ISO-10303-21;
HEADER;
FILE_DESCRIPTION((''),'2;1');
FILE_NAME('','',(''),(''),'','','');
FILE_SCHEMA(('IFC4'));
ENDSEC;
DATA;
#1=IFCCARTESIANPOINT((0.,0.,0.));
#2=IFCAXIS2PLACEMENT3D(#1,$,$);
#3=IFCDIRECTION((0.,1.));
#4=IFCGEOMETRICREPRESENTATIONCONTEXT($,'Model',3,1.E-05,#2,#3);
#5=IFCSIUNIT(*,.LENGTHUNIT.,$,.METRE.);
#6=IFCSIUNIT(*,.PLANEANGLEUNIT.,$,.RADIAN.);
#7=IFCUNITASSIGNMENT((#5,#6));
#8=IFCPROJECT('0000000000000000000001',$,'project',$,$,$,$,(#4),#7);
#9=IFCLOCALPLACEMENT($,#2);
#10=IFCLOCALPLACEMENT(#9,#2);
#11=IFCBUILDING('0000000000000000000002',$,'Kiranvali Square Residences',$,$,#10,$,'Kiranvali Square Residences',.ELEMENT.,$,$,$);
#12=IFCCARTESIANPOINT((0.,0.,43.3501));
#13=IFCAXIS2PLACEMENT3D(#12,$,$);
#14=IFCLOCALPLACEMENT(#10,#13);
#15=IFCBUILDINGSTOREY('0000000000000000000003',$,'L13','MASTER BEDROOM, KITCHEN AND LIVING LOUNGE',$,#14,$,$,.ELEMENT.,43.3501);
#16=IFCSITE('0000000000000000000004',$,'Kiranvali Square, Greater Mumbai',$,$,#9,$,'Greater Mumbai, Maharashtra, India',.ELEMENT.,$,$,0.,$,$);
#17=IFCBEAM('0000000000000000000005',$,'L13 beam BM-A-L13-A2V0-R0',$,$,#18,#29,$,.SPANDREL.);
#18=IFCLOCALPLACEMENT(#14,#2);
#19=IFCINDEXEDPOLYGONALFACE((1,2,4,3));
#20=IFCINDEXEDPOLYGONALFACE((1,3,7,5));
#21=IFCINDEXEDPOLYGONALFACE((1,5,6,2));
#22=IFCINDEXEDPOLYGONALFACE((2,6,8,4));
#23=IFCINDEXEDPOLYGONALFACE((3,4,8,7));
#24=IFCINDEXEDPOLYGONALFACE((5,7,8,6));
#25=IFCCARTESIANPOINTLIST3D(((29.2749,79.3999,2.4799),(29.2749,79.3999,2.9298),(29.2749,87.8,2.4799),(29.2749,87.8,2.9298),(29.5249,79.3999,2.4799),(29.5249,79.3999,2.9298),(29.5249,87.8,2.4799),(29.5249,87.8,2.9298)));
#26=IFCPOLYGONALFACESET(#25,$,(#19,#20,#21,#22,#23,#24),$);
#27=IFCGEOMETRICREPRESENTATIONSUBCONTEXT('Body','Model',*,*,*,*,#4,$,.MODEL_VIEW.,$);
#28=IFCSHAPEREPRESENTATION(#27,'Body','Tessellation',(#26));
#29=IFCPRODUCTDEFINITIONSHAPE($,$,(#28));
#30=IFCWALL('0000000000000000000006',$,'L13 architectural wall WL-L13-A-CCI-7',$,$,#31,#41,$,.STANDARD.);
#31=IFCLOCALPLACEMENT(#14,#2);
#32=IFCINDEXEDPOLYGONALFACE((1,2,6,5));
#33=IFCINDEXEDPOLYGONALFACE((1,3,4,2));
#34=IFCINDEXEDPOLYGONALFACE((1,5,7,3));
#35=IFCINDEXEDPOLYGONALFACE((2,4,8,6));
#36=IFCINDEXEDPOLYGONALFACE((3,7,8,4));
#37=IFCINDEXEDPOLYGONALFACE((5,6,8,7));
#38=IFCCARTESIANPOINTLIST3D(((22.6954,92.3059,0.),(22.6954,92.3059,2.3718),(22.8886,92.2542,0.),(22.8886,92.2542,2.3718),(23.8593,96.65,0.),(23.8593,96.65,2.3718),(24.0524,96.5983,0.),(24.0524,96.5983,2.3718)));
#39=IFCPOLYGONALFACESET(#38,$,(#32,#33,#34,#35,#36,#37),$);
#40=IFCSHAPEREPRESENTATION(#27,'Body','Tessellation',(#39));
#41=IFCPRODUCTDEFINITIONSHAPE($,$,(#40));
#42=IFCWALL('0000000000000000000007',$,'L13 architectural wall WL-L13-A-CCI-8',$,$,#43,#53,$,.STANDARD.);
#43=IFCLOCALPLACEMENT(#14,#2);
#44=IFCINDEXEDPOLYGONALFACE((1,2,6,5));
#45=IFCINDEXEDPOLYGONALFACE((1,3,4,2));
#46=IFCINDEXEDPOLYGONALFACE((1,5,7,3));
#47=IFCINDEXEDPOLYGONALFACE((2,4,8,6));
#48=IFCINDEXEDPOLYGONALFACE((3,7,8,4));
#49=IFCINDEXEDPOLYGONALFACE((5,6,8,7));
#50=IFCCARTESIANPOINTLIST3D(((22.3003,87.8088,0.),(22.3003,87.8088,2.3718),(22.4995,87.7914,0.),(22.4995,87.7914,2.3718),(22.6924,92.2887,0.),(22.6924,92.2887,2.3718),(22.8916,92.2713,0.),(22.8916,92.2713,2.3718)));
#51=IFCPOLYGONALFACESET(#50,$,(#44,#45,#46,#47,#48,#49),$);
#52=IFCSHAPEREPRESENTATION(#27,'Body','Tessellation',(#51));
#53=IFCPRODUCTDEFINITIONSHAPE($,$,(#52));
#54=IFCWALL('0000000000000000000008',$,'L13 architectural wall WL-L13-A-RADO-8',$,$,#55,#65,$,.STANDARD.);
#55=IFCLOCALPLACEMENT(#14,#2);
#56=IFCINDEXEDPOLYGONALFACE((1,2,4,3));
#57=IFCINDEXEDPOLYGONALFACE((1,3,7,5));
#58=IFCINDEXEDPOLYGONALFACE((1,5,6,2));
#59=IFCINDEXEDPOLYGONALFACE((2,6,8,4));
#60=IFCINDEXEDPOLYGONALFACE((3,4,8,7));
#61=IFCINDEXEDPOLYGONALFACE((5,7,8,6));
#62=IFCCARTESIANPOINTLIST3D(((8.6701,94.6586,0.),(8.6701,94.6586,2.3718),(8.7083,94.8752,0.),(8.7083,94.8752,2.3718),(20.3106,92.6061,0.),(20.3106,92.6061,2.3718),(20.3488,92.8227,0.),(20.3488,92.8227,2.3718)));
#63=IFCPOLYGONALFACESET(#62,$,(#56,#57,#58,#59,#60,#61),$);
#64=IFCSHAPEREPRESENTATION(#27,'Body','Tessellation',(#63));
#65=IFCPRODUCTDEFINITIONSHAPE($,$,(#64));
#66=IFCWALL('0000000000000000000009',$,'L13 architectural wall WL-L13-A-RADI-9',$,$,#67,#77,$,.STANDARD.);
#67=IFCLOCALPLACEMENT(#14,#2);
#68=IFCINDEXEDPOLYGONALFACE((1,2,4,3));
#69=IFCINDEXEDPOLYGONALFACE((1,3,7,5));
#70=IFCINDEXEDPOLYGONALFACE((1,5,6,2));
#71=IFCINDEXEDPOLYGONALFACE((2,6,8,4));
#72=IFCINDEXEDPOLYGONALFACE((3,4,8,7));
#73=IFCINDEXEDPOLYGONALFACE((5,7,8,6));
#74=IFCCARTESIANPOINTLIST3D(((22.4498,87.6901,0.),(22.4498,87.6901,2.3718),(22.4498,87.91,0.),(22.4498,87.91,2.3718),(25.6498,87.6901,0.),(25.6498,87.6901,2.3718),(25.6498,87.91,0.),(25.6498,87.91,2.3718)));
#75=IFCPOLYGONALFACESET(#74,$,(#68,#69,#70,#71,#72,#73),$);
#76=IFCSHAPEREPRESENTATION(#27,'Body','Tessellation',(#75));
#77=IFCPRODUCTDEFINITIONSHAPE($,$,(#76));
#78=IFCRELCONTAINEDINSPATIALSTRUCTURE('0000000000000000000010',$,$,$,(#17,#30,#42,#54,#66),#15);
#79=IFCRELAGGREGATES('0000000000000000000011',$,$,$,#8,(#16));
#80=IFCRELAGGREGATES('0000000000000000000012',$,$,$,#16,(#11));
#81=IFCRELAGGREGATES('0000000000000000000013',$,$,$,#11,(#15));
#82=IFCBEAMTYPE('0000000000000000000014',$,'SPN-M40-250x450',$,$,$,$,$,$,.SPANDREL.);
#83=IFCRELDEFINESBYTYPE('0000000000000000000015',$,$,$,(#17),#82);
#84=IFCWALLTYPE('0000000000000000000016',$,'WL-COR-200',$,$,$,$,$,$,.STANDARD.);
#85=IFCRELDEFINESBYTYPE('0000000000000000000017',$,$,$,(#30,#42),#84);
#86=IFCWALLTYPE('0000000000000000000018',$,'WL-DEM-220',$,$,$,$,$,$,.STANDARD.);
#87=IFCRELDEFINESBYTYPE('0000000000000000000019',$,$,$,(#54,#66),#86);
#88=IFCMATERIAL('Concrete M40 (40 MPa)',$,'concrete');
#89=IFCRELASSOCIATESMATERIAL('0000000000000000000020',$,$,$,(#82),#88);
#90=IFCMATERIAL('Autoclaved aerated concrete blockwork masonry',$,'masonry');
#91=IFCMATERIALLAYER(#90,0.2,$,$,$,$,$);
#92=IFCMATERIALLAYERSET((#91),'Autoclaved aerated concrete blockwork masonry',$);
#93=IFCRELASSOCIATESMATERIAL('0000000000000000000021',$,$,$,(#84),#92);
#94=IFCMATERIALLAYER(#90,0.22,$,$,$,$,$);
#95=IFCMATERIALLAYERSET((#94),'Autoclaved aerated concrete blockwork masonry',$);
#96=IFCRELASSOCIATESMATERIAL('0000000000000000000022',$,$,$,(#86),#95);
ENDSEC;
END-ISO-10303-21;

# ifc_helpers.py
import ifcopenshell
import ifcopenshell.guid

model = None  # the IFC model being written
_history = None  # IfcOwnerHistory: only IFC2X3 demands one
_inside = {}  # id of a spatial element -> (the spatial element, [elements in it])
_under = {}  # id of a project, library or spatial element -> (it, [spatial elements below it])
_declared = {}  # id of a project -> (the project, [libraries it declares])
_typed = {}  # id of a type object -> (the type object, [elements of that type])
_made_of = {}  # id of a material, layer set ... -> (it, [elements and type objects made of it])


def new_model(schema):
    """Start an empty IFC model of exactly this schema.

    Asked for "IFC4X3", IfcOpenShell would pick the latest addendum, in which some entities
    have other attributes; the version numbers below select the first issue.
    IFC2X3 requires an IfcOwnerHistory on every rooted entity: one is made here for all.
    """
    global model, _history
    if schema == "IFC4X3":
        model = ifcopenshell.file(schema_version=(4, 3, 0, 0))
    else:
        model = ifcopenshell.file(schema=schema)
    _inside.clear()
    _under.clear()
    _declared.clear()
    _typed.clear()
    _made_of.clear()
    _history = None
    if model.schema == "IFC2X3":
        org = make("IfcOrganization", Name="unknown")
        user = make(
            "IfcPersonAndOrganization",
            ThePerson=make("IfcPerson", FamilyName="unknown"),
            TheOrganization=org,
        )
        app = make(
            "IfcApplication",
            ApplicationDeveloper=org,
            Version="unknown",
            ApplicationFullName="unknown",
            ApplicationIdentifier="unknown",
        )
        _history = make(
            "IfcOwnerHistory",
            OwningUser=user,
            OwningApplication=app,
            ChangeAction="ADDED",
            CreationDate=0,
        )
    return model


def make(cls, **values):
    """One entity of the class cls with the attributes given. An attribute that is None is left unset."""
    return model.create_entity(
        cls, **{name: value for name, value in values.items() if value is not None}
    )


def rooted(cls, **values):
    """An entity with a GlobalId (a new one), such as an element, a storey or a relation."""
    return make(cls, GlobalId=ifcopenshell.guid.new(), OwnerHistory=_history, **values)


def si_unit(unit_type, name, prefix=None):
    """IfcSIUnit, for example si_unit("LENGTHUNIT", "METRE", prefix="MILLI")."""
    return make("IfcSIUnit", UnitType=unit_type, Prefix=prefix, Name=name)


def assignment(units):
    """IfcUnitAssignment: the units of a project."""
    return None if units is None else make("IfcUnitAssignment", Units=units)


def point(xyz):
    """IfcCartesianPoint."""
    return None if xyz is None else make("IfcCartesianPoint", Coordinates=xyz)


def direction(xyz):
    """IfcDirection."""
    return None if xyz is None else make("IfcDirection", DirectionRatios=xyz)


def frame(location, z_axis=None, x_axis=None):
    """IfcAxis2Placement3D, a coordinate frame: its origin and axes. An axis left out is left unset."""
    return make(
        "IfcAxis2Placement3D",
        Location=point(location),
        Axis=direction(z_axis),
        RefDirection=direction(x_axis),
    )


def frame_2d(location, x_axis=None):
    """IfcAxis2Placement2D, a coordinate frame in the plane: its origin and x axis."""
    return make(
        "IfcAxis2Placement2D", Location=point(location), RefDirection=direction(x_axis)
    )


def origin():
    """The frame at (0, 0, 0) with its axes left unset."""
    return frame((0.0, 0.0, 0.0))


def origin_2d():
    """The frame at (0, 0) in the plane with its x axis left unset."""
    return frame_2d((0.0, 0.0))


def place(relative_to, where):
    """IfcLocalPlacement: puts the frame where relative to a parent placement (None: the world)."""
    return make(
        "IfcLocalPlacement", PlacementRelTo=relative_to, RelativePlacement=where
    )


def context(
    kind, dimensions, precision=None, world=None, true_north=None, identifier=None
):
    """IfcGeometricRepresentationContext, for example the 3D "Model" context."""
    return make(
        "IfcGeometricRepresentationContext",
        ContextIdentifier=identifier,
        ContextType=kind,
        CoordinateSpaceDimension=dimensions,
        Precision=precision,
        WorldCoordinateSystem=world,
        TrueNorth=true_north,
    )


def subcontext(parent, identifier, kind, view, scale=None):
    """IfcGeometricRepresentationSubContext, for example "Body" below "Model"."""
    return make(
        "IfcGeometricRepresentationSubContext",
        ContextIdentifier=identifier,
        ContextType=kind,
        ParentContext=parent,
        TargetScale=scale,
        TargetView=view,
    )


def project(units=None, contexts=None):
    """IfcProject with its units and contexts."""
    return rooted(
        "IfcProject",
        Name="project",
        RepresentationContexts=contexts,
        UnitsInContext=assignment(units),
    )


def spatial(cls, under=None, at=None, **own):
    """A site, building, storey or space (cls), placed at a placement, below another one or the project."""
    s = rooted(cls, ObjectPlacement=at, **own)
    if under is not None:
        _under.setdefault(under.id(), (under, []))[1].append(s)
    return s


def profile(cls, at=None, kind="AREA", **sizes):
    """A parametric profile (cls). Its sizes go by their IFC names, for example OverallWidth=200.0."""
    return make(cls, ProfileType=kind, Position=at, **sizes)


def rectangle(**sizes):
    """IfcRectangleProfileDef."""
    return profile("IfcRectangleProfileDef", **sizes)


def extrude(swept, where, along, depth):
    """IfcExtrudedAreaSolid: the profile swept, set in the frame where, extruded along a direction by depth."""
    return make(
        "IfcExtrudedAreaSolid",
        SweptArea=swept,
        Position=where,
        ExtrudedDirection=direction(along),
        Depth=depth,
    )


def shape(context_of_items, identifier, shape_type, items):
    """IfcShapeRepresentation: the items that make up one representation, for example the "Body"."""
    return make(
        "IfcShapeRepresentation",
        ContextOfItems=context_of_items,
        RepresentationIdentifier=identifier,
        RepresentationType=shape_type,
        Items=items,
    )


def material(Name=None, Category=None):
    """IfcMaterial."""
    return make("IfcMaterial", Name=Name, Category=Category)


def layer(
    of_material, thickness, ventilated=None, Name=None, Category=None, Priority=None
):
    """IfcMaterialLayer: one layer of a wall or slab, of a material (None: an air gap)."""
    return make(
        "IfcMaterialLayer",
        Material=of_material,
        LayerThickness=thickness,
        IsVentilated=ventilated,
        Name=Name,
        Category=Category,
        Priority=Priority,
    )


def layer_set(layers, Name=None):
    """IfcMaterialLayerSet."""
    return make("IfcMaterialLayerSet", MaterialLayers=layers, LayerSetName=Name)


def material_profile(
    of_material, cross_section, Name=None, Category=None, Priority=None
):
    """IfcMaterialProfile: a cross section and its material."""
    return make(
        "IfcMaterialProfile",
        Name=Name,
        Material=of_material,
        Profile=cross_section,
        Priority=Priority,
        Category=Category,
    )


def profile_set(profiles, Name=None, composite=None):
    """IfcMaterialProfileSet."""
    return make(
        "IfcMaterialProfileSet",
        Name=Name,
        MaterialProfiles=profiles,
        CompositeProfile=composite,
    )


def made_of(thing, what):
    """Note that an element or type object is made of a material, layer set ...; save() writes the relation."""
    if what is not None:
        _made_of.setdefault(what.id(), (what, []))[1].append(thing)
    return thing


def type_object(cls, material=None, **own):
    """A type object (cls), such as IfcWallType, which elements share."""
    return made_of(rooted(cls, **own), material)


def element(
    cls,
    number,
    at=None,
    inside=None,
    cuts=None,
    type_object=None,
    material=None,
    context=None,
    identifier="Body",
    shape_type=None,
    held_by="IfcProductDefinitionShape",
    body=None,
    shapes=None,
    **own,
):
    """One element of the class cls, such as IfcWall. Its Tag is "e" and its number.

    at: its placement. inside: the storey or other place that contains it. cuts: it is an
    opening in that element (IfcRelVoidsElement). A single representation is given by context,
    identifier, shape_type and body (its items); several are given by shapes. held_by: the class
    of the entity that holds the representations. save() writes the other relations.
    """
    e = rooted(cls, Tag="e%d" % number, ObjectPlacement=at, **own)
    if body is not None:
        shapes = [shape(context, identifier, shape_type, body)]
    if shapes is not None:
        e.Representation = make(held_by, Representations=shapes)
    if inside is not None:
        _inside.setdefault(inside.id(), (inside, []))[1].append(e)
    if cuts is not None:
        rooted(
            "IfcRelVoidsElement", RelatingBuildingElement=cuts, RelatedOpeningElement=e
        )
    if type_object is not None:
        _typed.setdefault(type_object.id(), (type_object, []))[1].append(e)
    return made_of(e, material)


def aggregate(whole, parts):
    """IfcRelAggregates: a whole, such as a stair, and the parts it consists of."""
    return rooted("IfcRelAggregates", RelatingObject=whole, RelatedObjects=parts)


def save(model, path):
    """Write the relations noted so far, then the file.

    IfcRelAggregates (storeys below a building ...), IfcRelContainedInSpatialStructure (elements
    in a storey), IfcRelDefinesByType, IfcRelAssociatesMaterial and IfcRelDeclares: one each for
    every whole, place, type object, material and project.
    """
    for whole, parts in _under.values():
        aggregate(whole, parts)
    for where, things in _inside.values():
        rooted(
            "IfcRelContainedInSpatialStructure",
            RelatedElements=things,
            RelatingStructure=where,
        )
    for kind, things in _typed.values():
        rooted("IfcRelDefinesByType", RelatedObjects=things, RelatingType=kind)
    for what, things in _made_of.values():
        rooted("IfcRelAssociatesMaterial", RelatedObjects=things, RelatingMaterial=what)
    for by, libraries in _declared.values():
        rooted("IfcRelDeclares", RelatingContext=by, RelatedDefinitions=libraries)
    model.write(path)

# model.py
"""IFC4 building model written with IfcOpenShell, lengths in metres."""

from ifc_helpers import new_model, si_unit, direction, frame, frame_2d, origin, origin_2d, place, context, subcontext, project, spatial, rectangle, extrude, material, layer, layer_set, material_profile, profile_set, type_object, element, save


model = new_model("IFC4")

# Units and contexts
model_context = context("Model", 3, precision=1e-05, world=origin(), true_north=direction((0.0, 1.0)))
body_context = subcontext(model_context, "Body", "Model", "MODEL_VIEW")
ifc_project = project(units=[si_unit("LENGTHUNIT", "METRE"), si_unit("PLANEANGLEUNIT", "RADIAN")], contexts=[model_context])

# Site, building, storey
site_placement = place(None, origin())
site = spatial("IfcSite", under=ifc_project, at=site_placement, Name="Kiranvali Square, Greater Mumbai", LongName="Greater Mumbai, Maharashtra, India", CompositionType="ELEMENT", RefElevation=0.0)
building_placement = place(site_placement, origin())
building = spatial("IfcBuilding", under=site, at=building_placement, Name="Kiranvali Square Residences", LongName="Kiranvali Square Residences", CompositionType="ELEMENT")
storey_placement = place(building_placement, frame((0.0, 0.0, 43.3501)))
storey = spatial("IfcBuildingStorey", under=building, at=storey_placement, Name="L13", Description="MASTER BEDROOM, KITCHEN AND LIVING LOUNGE", CompositionType="ELEMENT", Elevation=43.3501)

# Shared definitions
ifc_material_1 = material(Name="Concrete M40 (40 MPa)", Category="concrete")

# Beam
ifc_material_profile_1 = material_profile(ifc_material_1, rectangle(XDim=0.25, YDim=0.45, at=origin_2d()), Name="RC 250x450")
ifc_profile_set_1 = profile_set([ifc_material_profile_1], Name="Concrete M40 (40 MPa)")
beam_type_1 = type_object("IfcBeamType", Name="SPN-M40-250x450", PredefinedType="SPANDREL", material=ifc_profile_set_1)
beam_1_placement = place(storey_placement, frame((29.3999, 87.8, 2.7048), z_axis=(0.0, -1.0, 0.0), x_axis=(1.0, 0.0, 0.0)))
element("IfcBeam", 1, at=beam_1_placement, inside=storey, type_object=beam_type_1, Name="L13 beam BM-A-L13-A2V0-R0", PredefinedType="SPANDREL", context=body_context, shape_type="SweptSolid", body=[
    extrude(rectangle(XDim=0.25, YDim=0.45, at=origin_2d()), origin(), (0.0, 0.0, 1.0), 8.4001),
])

# Walls
ifc_material_2 = material(Name="Autoclaved aerated concrete blockwork masonry", Category="masonry")
ifc_layer_1 = layer(ifc_material_2, 0.2)
ifc_layer_set_1 = layer_set([ifc_layer_1], Name="Autoclaved aerated concrete blockwork masonry")
wall_type_1 = type_object("IfcWallType", Name="WL-COR-200", PredefinedType="STANDARD", material=ifc_layer_set_1)
wall_1_placement = place(storey_placement, frame((23.9558, 96.624, 0.0), z_axis=(0.0, 0.0, 1.0), x_axis=(-0.258788, -0.965934, 0.0)))
element("IfcWall", 2, at=wall_1_placement, inside=storey, type_object=wall_type_1, Name="L13 architectural wall WL-L13-A-CCI-7", PredefinedType="STANDARD", context=body_context, shape_type="SweptSolid", body=[
    extrude(rectangle(XDim=4.4973, YDim=0.2, at=frame_2d((2.2485, 0.0))), origin(), (0.0, 0.0, 1.0), 2.3718),
])
wall_2_placement = place(storey_placement, frame((22.792, 92.28, 0.0), z_axis=(0.0, 0.0, 1.0), x_axis=(-0.087187, -0.996192, 0.0)))
element("IfcWall", 3, at=wall_2_placement, inside=storey, type_object=wall_type_1, Name="L13 architectural wall WL-L13-A-CCI-8", PredefinedType="STANDARD", context=body_context, shape_type="SweptSolid", body=[
    extrude(rectangle(XDim=4.4971, YDim=0.2, at=frame_2d((2.2485, 0.0))), origin(), (0.0, 0.0, 1.0), 2.3718),
])

# Walls
ifc_layer_2 = layer(ifc_material_2, 0.22)
ifc_layer_set_2 = layer_set([ifc_layer_2], Name="Autoclaved aerated concrete blockwork masonry")
wall_type_2 = type_object("IfcWallType", Name="WL-DEM-220", PredefinedType="STANDARD", material=ifc_layer_set_2)
wall_3_placement = place(storey_placement, frame((20.3298, 92.7144, 0.0), z_axis=(0.0, 0.0, 1.0), x_axis=(-0.984808, 0.173646, 0.0)))
element("IfcWall", 4, at=wall_3_placement, inside=storey, type_object=wall_type_2, Name="L13 architectural wall WL-L13-A-RADO-8", PredefinedType="STANDARD", context=body_context, shape_type="SweptSolid", body=[
    extrude(rectangle(XDim=11.8201, YDim=0.22, at=frame_2d((5.9102, 0.0))), origin(), (0.0, 0.0, 1.0), 2.3718),
])
wall_4_placement = place(storey_placement, frame((25.6499, 87.8, 0.0), z_axis=(0.0, 0.0, 1.0), x_axis=(-1.0, 0.0, 0.0)))
element("IfcWall", 5, at=wall_4_placement, inside=storey, type_object=wall_type_2, Name="L13 architectural wall WL-L13-A-RADI-9", PredefinedType="STANDARD", context=body_context, shape_type="SweptSolid", body=[
    extrude(rectangle(XDim=3.2, YDim=0.22, at=frame_2d((1.6001, 0.0))), origin(), (0.0, 0.0, 1.0), 2.3718),
])

save(model, "model.ifc")
